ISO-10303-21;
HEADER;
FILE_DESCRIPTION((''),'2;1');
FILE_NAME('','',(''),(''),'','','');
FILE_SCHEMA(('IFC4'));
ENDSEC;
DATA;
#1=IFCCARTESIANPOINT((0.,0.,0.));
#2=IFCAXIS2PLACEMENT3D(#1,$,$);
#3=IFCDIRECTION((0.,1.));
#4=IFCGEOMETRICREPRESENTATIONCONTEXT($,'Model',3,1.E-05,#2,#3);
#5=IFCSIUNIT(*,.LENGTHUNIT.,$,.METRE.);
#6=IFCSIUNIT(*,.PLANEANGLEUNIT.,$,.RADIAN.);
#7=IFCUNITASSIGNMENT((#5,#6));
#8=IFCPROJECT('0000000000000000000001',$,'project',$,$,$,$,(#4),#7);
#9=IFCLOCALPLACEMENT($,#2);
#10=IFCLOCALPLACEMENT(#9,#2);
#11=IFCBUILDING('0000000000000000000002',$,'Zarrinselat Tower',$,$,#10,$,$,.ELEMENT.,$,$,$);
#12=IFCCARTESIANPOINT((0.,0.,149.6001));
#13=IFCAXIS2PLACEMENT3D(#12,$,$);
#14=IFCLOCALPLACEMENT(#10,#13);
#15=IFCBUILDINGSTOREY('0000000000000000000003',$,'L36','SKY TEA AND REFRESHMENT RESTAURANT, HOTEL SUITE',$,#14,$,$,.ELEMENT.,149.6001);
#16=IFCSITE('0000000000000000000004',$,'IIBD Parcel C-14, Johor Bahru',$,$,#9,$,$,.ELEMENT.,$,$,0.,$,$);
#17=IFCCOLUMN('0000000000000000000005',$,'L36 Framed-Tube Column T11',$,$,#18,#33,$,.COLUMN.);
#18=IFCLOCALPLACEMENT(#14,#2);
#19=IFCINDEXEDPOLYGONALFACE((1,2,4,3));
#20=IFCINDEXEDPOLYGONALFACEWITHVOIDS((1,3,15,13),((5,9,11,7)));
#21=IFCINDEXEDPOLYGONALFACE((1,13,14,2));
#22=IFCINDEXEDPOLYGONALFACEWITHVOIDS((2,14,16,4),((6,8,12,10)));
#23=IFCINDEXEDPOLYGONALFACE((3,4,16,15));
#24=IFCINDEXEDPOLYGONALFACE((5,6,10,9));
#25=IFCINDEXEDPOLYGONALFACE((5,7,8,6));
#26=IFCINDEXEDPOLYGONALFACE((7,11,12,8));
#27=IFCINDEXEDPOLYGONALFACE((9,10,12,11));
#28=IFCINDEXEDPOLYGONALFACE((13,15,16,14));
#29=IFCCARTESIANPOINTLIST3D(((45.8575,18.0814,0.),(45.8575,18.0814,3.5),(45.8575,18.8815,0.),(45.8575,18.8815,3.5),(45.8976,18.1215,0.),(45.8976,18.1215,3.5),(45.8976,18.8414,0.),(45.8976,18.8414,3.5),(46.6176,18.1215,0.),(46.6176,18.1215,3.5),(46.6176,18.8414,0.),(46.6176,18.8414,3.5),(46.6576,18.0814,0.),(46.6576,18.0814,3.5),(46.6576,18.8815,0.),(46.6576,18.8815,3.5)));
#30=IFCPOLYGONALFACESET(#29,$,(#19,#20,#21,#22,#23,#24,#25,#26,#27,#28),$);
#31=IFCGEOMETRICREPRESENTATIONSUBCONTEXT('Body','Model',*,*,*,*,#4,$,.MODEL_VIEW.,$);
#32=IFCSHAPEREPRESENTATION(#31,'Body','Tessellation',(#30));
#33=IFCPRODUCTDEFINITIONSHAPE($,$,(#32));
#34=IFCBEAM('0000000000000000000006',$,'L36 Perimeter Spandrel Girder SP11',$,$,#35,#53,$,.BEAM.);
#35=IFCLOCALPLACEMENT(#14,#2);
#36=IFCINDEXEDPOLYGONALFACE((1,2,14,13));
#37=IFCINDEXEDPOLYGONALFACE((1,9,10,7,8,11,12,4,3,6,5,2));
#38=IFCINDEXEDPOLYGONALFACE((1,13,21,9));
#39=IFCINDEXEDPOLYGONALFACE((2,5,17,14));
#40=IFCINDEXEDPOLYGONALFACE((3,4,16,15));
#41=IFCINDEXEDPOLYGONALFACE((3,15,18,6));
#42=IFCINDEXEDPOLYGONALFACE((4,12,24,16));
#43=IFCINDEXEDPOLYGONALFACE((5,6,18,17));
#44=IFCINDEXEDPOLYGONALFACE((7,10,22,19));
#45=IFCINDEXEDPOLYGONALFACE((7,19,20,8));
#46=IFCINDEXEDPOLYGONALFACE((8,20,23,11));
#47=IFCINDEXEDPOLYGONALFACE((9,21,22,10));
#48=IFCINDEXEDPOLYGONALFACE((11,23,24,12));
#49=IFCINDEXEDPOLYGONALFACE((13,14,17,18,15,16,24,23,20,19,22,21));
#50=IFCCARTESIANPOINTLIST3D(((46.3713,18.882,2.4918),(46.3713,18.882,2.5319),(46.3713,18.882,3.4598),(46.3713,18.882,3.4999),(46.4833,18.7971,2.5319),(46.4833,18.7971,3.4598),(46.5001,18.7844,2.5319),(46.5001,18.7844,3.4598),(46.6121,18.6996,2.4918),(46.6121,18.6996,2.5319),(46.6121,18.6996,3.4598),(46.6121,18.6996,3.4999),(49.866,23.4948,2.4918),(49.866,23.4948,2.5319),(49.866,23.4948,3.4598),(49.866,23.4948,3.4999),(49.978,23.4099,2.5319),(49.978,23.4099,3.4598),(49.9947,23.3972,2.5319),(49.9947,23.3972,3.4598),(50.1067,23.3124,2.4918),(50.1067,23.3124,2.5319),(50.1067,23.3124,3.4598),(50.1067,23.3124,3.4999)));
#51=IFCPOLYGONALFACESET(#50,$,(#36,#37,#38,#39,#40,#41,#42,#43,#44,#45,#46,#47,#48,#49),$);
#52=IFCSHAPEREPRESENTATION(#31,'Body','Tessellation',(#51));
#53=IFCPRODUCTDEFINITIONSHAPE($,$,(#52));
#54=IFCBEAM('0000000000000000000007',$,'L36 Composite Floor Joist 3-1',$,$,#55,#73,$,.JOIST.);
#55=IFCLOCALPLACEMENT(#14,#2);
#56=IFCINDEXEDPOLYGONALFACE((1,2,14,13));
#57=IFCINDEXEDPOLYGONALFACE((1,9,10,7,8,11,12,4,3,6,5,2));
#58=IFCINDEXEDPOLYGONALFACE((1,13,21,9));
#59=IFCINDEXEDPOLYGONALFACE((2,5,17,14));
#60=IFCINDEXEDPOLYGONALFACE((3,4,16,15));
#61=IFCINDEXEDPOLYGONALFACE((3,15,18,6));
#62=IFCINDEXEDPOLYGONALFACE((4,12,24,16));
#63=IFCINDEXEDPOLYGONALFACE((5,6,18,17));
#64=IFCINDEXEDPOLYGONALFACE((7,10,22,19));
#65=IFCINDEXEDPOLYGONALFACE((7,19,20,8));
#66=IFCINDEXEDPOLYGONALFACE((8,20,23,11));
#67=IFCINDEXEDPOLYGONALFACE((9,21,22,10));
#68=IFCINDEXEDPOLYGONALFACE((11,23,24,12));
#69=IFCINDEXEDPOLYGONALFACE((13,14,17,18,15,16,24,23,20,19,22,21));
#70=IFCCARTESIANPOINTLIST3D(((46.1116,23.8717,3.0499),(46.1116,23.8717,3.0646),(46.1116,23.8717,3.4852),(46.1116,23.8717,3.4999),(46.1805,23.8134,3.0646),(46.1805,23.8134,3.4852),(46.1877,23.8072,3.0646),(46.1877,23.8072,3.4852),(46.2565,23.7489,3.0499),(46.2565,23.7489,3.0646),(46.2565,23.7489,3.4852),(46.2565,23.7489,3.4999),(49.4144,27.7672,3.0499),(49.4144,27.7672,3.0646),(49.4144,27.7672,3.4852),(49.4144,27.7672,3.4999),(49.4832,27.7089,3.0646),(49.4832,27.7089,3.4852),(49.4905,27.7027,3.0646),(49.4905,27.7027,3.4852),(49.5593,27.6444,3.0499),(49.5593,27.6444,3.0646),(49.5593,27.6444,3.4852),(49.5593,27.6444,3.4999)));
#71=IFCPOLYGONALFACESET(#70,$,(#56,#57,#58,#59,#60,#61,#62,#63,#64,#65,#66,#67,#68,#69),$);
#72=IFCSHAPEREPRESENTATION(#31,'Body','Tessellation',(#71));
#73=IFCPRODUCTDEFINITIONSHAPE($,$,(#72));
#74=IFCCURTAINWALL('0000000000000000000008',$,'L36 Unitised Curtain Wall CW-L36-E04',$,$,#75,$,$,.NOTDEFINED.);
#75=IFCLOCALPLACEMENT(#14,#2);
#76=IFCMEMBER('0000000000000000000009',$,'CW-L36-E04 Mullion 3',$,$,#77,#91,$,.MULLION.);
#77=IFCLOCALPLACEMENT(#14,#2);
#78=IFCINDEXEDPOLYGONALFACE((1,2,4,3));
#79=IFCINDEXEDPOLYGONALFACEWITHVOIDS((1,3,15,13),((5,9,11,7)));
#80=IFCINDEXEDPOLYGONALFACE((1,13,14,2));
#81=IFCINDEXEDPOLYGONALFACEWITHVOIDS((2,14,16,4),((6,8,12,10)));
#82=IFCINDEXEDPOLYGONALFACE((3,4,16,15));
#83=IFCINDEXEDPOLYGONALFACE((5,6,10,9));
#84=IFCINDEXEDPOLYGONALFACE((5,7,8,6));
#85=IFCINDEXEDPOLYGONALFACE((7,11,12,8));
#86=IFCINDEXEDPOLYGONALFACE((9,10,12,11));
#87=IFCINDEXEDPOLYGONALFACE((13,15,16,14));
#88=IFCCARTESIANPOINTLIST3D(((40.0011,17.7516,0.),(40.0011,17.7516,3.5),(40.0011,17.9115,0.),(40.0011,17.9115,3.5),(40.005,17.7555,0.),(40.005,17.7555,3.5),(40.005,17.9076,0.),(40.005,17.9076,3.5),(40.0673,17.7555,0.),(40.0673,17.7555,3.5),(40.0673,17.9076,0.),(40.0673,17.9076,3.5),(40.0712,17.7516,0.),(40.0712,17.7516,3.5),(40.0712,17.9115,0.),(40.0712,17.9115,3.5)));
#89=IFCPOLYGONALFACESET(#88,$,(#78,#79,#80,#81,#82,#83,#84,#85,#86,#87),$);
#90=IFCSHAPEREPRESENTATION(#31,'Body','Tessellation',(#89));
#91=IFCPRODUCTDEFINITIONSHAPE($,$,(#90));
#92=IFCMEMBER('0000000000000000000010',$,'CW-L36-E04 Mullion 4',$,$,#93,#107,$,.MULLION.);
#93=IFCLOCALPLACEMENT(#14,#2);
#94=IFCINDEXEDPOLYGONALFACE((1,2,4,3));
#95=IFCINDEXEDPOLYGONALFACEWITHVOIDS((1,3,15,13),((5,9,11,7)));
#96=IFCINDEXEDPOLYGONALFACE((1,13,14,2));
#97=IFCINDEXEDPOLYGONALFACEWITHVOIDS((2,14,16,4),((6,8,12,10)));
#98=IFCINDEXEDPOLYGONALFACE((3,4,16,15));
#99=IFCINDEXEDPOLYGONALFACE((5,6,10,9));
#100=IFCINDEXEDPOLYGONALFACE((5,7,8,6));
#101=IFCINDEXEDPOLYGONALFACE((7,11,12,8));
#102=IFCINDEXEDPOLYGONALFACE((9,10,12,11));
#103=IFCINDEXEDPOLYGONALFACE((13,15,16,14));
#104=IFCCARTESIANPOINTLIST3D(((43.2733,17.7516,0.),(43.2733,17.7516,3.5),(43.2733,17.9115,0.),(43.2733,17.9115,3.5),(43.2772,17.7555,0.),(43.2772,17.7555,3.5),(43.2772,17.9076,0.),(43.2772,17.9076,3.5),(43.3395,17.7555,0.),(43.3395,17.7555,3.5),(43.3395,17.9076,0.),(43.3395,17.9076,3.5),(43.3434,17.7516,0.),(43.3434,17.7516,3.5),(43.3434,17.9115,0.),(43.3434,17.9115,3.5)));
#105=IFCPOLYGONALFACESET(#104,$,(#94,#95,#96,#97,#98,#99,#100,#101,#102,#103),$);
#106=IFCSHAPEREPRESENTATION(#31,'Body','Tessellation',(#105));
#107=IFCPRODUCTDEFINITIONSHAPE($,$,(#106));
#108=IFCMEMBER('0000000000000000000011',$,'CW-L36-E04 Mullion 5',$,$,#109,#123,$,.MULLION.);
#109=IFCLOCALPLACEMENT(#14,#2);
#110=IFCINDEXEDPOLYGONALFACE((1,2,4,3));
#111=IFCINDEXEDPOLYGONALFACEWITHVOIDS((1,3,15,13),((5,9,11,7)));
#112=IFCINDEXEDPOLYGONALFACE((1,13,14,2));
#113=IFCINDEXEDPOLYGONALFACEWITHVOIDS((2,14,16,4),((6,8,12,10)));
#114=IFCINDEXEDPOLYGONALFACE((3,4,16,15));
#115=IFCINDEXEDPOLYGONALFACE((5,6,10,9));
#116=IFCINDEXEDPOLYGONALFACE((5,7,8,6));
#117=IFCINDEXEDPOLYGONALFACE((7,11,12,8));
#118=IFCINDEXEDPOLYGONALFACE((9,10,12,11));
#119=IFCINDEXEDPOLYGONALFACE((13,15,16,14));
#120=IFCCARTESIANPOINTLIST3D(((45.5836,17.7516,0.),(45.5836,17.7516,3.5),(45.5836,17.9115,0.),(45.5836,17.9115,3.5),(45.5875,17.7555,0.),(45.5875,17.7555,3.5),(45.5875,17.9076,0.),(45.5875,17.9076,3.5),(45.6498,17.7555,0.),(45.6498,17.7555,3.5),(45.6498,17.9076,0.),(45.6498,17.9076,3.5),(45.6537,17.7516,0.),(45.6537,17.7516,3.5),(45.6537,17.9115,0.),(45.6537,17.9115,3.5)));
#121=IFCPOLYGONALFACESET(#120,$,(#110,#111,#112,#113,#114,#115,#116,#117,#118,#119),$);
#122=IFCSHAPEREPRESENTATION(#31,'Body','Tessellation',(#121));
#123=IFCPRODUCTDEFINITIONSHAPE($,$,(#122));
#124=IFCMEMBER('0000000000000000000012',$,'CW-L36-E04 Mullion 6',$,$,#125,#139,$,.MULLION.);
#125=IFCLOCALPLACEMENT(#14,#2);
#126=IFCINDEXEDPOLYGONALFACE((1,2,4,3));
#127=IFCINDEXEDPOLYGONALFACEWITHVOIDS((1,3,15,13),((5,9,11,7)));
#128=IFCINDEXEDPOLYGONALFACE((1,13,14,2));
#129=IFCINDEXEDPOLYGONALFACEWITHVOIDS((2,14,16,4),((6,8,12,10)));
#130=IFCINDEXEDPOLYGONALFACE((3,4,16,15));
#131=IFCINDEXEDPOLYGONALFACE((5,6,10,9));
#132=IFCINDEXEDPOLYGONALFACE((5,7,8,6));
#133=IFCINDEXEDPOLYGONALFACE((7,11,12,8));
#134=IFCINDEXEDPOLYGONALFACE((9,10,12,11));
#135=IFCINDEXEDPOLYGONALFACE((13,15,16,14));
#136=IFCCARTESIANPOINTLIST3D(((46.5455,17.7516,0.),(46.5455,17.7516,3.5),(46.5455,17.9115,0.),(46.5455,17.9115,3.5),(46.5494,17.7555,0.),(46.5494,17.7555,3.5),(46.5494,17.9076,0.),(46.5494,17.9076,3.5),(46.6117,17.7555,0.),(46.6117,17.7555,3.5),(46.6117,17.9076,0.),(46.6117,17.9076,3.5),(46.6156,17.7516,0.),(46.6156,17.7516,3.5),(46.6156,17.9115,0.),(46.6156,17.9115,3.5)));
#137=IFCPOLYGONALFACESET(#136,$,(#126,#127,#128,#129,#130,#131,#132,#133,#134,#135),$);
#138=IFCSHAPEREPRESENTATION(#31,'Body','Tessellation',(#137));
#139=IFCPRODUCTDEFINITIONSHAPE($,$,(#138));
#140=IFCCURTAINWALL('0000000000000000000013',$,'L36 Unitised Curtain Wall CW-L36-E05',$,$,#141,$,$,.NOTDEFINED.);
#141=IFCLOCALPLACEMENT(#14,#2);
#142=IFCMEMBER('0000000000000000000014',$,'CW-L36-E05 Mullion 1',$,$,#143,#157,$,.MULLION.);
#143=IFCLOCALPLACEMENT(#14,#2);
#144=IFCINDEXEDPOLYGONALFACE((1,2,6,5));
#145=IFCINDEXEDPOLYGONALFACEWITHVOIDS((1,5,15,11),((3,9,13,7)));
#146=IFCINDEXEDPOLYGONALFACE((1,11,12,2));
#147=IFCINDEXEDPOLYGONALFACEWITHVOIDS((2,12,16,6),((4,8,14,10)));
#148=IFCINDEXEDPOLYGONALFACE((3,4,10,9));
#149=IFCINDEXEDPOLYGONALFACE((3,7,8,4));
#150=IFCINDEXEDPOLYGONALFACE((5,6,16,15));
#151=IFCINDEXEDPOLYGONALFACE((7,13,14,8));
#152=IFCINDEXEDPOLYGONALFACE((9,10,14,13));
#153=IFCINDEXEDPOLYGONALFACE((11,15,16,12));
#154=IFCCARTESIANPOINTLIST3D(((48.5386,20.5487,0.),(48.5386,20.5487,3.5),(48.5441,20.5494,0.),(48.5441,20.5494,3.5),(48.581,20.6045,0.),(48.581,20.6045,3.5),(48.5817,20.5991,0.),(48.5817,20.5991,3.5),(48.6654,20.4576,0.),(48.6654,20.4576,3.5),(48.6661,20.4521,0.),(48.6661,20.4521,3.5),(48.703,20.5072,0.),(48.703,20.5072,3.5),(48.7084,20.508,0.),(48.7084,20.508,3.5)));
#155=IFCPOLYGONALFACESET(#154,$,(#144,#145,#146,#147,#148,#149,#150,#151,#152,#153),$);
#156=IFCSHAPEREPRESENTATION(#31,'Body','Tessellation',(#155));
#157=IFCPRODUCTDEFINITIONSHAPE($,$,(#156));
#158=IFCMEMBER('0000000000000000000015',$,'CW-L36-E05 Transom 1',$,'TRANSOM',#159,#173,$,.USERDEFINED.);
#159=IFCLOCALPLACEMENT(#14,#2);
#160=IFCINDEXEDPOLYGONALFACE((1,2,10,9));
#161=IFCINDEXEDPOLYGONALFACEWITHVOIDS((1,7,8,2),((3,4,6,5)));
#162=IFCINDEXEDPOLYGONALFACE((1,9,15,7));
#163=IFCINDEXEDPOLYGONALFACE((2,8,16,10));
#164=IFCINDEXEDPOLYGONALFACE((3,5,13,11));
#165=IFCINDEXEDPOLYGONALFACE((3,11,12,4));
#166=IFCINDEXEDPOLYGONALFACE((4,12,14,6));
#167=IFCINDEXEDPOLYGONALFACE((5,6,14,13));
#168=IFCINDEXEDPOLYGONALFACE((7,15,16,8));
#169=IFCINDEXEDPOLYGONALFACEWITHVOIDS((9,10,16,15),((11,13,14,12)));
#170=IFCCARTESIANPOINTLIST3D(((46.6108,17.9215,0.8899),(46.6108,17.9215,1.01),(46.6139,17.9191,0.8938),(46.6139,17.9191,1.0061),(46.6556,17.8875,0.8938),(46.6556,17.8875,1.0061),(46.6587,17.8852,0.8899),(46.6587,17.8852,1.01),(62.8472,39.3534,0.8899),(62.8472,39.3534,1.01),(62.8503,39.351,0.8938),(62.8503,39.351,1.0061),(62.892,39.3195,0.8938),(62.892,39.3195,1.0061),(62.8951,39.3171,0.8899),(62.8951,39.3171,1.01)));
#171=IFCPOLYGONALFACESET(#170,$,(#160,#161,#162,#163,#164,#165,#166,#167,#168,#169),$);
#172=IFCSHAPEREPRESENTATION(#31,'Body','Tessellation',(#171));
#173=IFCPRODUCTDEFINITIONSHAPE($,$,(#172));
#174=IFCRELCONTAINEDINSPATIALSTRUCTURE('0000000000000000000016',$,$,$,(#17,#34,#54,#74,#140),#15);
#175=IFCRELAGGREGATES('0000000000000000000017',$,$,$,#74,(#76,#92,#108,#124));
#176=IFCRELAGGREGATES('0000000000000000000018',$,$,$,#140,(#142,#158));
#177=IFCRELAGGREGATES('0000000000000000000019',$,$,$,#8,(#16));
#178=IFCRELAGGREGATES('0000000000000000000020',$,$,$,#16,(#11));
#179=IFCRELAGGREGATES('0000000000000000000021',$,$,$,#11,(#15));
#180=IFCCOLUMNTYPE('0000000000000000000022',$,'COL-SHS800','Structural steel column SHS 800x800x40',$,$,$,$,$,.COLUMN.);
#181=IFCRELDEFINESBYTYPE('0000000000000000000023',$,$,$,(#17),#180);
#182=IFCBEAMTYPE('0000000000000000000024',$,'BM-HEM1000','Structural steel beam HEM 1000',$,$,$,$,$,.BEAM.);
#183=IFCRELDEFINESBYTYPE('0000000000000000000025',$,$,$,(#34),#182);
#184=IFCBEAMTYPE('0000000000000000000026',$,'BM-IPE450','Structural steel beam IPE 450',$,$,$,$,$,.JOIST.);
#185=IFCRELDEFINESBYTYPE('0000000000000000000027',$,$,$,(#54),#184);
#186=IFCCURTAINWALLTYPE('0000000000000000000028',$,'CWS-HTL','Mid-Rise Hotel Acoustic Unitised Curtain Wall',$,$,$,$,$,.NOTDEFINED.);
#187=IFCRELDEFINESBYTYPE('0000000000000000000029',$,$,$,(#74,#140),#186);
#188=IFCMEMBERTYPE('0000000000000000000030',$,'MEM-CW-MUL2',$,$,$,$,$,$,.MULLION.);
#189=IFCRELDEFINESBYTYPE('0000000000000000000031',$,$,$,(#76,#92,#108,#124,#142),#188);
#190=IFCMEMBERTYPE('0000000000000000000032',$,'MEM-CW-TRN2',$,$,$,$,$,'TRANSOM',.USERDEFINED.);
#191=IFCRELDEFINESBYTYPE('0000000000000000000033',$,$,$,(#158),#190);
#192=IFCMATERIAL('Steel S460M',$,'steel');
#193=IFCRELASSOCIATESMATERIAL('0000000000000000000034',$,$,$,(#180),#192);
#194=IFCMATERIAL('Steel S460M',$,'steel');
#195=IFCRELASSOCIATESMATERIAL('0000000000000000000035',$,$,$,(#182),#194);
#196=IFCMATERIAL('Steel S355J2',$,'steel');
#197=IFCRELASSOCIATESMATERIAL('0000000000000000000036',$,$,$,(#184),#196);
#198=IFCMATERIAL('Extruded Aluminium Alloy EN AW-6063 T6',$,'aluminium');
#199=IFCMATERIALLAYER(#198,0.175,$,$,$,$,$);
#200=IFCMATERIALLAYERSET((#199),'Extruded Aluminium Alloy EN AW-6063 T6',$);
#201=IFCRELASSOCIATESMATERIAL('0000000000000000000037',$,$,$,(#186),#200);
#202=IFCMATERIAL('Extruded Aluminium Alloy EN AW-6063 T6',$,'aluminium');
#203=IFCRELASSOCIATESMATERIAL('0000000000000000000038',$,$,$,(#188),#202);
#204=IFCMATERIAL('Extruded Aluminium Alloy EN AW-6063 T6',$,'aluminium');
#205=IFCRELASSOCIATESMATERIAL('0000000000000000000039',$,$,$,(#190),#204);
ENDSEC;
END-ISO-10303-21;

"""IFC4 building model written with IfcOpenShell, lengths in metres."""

from ifc_helpers import new_model, si_unit, direction, frame, origin, origin_2d, place, context, subcontext, project, spatial, hollow_rectangle, i_section, extrude, material, layer, layer_set, material_profile, profile_set, type_object, element, aggregate, save


model = new_model("IFC4")

# Units and contexts
model_context = context("Model", 3, precision=1e-05, world=origin(), true_north=direction((0.0, 1.0)))
body_context = subcontext(model_context, "Body", "Model", "MODEL_VIEW")
ifc_project = project(units=[si_unit("LENGTHUNIT", "METRE"), si_unit("PLANEANGLEUNIT", "RADIAN")], contexts=[model_context])

# Site, building, storey
site_placement = place(None, origin())
site = spatial("IfcSite", under=ifc_project, at=site_placement, Name="IIBD Parcel C-14, Johor Bahru", CompositionType="ELEMENT", RefElevation=0.0)
building_placement = place(site_placement, origin())
building = spatial("IfcBuilding", under=site, at=building_placement, Name="Zarrinselat Tower", CompositionType="ELEMENT")
storey_placement = place(building_placement, frame((0.0, 0.0, 149.6001)))
storey = spatial("IfcBuildingStorey", under=building, at=storey_placement, Name="L36", Description="SKY TEA AND REFRESHMENT RESTAURANT, HOTEL SUITE", CompositionType="ELEMENT", Elevation=149.6001)

# Column
ifc_material_1 = material(Name="Steel S460M", Category="steel")
ifc_material_profile_1 = material_profile(ifc_material_1, hollow_rectangle(XDim=0.8, YDim=0.8, WallThickness=0.04, at=origin_2d()), Name="SHS 800x800x40")
ifc_profile_set_1 = profile_set([ifc_material_profile_1], Name="Steel S460M")
column_type = type_object("IfcColumnType", Name="COL-SHS800", Description="Structural steel column SHS 800x800x40", PredefinedType="COLUMN", material=ifc_profile_set_1)
column_placement = place(storey_placement, frame((46.2576, 18.4814, 0.0), z_axis=(0.0, 0.0, 1.0), x_axis=(1.0, 0.0, 0.0)))
element("IfcColumn", 1, at=column_placement, inside=storey, type_object=column_type, Name="L36 Framed-Tube Column T11", PredefinedType="COLUMN", context=body_context, shape_type="SweptSolid", body=[
    extrude(hollow_rectangle(XDim=0.8, YDim=0.8, WallThickness=0.04, at=origin_2d()), origin(), (0.0, 0.0, 1.0), 3.5),
])

# Beams
ifc_material_2 = material(Name="Steel S460M", Category="steel")
ifc_material_profile_2 = material_profile(ifc_material_2, i_section(OverallWidth=0.302, OverallDepth=1.0081, WebThickness=0.021, FlangeThickness=0.04, at=origin_2d()), Name="HEM 1000")
ifc_profile_set_2 = profile_set([ifc_material_profile_2], Name="Steel S460M")
beam_type_1 = type_object("IfcBeamType", Name="BM-HEM1000", Description="Structural steel beam HEM 1000", PredefinedType="BEAM", material=ifc_profile_set_2)
beam_1_placement = place(storey_placement, frame((46.4917, 18.7908, 2.9958), z_axis=(0.603867, 0.797085, 0.0), x_axis=(-0.797085, 0.603867, 0.0)))
element("IfcBeam", 2, at=beam_1_placement, inside=storey, type_object=beam_type_1, Name="L36 Perimeter Spandrel Girder SP11", PredefinedType="BEAM", context=body_context, shape_type="SweptSolid", body=[
    extrude(i_section(OverallWidth=0.302, OverallDepth=1.0081, WebThickness=0.021, FlangeThickness=0.04, at=origin_2d()), origin(), (0.0, 0.0, 1.0), 5.7871),
])
ifc_material_3 = material(Name="Steel S355J2", Category="steel")
ifc_material_profile_3 = material_profile(ifc_material_3, i_section(OverallWidth=0.1899, OverallDepth=0.45, WebThickness=0.0095, FlangeThickness=0.0146, at=origin_2d()), Name="IPE 450")
ifc_profile_set_3 = profile_set([ifc_material_profile_3], Name="Steel S355J2")
beam_type_2 = type_object("IfcBeamType", Name="BM-IPE450", Description="Structural steel beam IPE 450", PredefinedType="JOIST", material=ifc_profile_set_3)
beam_2_placement = place(storey_placement, frame((46.1841, 23.8103, 3.2749), z_axis=(0.646688, 0.762755, 0.0), x_axis=(-0.762755, 0.646688, 0.0)))
element("IfcBeam", 3, at=beam_2_placement, inside=storey, type_object=beam_type_2, Name="L36 Composite Floor Joist 3-1", PredefinedType="JOIST", context=body_context, shape_type="SweptSolid", body=[
    extrude(i_section(OverallWidth=0.1899, OverallDepth=0.45, WebThickness=0.0095, FlangeThickness=0.0146, at=origin_2d()), origin(), (0.0, 0.0, 1.0), 5.1072),
])

# Curtain walls, members
ifc_material_4 = material(Name="Extruded Aluminium Alloy EN AW-6063 T6", Category="aluminium")
ifc_layer_1 = layer(ifc_material_4, 0.175)
ifc_layer_set_1 = layer_set([ifc_layer_1], Name="Extruded Aluminium Alloy EN AW-6063 T6")
curtain_wall_type = type_object("IfcCurtainWallType", Name="CWS-HTL", Description="Mid-Rise Hotel Acoustic Unitised Curtain Wall", PredefinedType="NOTDEFINED", material=ifc_layer_set_1)
curtain_wall_1_placement = place(storey_placement, origin())
curtain_wall_1 = element("IfcCurtainWall", 4, at=curtain_wall_1_placement, inside=storey, type_object=curtain_wall_type, Name="L36 Unitised Curtain Wall CW-L36-E04", PredefinedType="NOTDEFINED")
ifc_material_5 = material(Name="Extruded Aluminium Alloy EN AW-6063 T6", Category="aluminium")
ifc_material_profile_4 = material_profile(ifc_material_5, hollow_rectangle(XDim=0.0701, YDim=0.1599, WallThickness=0.0039, at=origin_2d()), Name="RHS 160x70x4")
ifc_profile_set_4 = profile_set([ifc_material_profile_4], Name="Extruded Aluminium Alloy EN AW-6063 T6")
member_type_1 = type_object("IfcMemberType", Name="MEM-CW-MUL2", PredefinedType="MULLION", material=ifc_profile_set_4)
member_1_placement = place(storey_placement, frame((40.0361, 17.8315, 0.0), z_axis=(0.0, 0.0, 1.0), x_axis=(1.0, 0.0, 0.0)))
member_1 = element("IfcMember", 5, at=member_1_placement, type_object=member_type_1, Name="CW-L36-E04 Mullion 3", PredefinedType="MULLION", context=body_context, shape_type="SweptSolid", body=[
    extrude(hollow_rectangle(XDim=0.0701, YDim=0.1599, WallThickness=0.0039, at=origin_2d()), origin(), (0.0, 0.0, 1.0), 3.5),
])
member_2_placement = place(storey_placement, frame((43.3083, 17.8315, 0.0), z_axis=(0.0, 0.0, 1.0), x_axis=(1.0, 0.0, 0.0)))
member_2 = element("IfcMember", 6, at=member_2_placement, type_object=member_type_1, Name="CW-L36-E04 Mullion 4", PredefinedType="MULLION", context=body_context, shape_type="SweptSolid", body=[
    extrude(hollow_rectangle(XDim=0.0701, YDim=0.1599, WallThickness=0.0039, at=origin_2d()), origin(), (0.0, 0.0, 1.0), 3.5),
])
member_3_placement = place(storey_placement, frame((45.6187, 17.8315, 0.0), z_axis=(0.0, 0.0, 1.0), x_axis=(1.0, 0.0, 0.0)))
member_3 = element("IfcMember", 7, at=member_3_placement, type_object=member_type_1, Name="CW-L36-E04 Mullion 5", PredefinedType="MULLION", context=body_context, shape_type="SweptSolid", body=[
    extrude(hollow_rectangle(XDim=0.0701, YDim=0.1599, WallThickness=0.0039, at=origin_2d()), origin(), (0.0, 0.0, 1.0), 3.5),
])
member_4_placement = place(storey_placement, frame((46.5806, 17.8315, 0.0), z_axis=(0.0, 0.0, 1.0), x_axis=(1.0, 0.0, 0.0)))
member_4 = element("IfcMember", 8, at=member_4_placement, type_object=member_type_1, Name="CW-L36-E04 Mullion 6", PredefinedType="MULLION", context=body_context, shape_type="SweptSolid", body=[
    extrude(hollow_rectangle(XDim=0.0701, YDim=0.1599, WallThickness=0.0039, at=origin_2d()), origin(), (0.0, 0.0, 1.0), 3.5),
])
curtain_wall_2_placement = place(storey_placement, origin())
curtain_wall_2 = element("IfcCurtainWall", 9, at=curtain_wall_2_placement, inside=storey, type_object=curtain_wall_type, Name="L36 Unitised Curtain Wall CW-L36-E05", PredefinedType="NOTDEFINED")
member_5_placement = place(storey_placement, frame((48.6235, 20.5283, 0.0), z_axis=(0.0, 0.0, 1.0), x_axis=(0.603858, 0.797092, 0.0)))
member_5 = element("IfcMember", 10, at=member_5_placement, type_object=member_type_1, Name="CW-L36-E05 Mullion 1", PredefinedType="MULLION", context=body_context, shape_type="SweptSolid", body=[
    extrude(hollow_rectangle(XDim=0.0701, YDim=0.1599, WallThickness=0.0039, at=origin_2d()), origin(), (0.0, 0.0, 1.0), 3.5),
])
ifc_material_6 = material(Name="Extruded Aluminium Alloy EN AW-6063 T6", Category="aluminium")
ifc_material_profile_5 = material_profile(ifc_material_6, hollow_rectangle(XDim=0.0601, YDim=0.1201, WallThickness=0.0039, at=origin_2d()), Name="RHS 120x60x4")
ifc_profile_set_5 = profile_set([ifc_material_profile_5], Name="Extruded Aluminium Alloy EN AW-6063 T6")
member_type_2 = type_object("IfcMemberType", Name="MEM-CW-TRN2", ElementType="TRANSOM", PredefinedType="USERDEFINED", material=ifc_profile_set_5)
member_6_placement = place(storey_placement, frame((46.6348, 17.9033, 0.95), z_axis=(0.603859, 0.797091, 0.0), x_axis=(-0.797091, 0.603859, 0.0)))
member_6 = element("IfcMember", 11, at=member_6_placement, type_object=member_type_2, Name="CW-L36-E05 Transom 1", ObjectType="TRANSOM", PredefinedType="USERDEFINED", context=body_context, shape_type="SweptSolid", body=[
    extrude(hollow_rectangle(XDim=0.0601, YDim=0.1201, WallThickness=0.0039, at=origin_2d()), origin(), (0.0, 0.0, 1.0), 26.8877),
])

aggregate(curtain_wall_1, [member_1, member_2, member_3, member_4])
aggregate(curtain_wall_2, [member_5, member_6])

save(model, "model.ifc")
